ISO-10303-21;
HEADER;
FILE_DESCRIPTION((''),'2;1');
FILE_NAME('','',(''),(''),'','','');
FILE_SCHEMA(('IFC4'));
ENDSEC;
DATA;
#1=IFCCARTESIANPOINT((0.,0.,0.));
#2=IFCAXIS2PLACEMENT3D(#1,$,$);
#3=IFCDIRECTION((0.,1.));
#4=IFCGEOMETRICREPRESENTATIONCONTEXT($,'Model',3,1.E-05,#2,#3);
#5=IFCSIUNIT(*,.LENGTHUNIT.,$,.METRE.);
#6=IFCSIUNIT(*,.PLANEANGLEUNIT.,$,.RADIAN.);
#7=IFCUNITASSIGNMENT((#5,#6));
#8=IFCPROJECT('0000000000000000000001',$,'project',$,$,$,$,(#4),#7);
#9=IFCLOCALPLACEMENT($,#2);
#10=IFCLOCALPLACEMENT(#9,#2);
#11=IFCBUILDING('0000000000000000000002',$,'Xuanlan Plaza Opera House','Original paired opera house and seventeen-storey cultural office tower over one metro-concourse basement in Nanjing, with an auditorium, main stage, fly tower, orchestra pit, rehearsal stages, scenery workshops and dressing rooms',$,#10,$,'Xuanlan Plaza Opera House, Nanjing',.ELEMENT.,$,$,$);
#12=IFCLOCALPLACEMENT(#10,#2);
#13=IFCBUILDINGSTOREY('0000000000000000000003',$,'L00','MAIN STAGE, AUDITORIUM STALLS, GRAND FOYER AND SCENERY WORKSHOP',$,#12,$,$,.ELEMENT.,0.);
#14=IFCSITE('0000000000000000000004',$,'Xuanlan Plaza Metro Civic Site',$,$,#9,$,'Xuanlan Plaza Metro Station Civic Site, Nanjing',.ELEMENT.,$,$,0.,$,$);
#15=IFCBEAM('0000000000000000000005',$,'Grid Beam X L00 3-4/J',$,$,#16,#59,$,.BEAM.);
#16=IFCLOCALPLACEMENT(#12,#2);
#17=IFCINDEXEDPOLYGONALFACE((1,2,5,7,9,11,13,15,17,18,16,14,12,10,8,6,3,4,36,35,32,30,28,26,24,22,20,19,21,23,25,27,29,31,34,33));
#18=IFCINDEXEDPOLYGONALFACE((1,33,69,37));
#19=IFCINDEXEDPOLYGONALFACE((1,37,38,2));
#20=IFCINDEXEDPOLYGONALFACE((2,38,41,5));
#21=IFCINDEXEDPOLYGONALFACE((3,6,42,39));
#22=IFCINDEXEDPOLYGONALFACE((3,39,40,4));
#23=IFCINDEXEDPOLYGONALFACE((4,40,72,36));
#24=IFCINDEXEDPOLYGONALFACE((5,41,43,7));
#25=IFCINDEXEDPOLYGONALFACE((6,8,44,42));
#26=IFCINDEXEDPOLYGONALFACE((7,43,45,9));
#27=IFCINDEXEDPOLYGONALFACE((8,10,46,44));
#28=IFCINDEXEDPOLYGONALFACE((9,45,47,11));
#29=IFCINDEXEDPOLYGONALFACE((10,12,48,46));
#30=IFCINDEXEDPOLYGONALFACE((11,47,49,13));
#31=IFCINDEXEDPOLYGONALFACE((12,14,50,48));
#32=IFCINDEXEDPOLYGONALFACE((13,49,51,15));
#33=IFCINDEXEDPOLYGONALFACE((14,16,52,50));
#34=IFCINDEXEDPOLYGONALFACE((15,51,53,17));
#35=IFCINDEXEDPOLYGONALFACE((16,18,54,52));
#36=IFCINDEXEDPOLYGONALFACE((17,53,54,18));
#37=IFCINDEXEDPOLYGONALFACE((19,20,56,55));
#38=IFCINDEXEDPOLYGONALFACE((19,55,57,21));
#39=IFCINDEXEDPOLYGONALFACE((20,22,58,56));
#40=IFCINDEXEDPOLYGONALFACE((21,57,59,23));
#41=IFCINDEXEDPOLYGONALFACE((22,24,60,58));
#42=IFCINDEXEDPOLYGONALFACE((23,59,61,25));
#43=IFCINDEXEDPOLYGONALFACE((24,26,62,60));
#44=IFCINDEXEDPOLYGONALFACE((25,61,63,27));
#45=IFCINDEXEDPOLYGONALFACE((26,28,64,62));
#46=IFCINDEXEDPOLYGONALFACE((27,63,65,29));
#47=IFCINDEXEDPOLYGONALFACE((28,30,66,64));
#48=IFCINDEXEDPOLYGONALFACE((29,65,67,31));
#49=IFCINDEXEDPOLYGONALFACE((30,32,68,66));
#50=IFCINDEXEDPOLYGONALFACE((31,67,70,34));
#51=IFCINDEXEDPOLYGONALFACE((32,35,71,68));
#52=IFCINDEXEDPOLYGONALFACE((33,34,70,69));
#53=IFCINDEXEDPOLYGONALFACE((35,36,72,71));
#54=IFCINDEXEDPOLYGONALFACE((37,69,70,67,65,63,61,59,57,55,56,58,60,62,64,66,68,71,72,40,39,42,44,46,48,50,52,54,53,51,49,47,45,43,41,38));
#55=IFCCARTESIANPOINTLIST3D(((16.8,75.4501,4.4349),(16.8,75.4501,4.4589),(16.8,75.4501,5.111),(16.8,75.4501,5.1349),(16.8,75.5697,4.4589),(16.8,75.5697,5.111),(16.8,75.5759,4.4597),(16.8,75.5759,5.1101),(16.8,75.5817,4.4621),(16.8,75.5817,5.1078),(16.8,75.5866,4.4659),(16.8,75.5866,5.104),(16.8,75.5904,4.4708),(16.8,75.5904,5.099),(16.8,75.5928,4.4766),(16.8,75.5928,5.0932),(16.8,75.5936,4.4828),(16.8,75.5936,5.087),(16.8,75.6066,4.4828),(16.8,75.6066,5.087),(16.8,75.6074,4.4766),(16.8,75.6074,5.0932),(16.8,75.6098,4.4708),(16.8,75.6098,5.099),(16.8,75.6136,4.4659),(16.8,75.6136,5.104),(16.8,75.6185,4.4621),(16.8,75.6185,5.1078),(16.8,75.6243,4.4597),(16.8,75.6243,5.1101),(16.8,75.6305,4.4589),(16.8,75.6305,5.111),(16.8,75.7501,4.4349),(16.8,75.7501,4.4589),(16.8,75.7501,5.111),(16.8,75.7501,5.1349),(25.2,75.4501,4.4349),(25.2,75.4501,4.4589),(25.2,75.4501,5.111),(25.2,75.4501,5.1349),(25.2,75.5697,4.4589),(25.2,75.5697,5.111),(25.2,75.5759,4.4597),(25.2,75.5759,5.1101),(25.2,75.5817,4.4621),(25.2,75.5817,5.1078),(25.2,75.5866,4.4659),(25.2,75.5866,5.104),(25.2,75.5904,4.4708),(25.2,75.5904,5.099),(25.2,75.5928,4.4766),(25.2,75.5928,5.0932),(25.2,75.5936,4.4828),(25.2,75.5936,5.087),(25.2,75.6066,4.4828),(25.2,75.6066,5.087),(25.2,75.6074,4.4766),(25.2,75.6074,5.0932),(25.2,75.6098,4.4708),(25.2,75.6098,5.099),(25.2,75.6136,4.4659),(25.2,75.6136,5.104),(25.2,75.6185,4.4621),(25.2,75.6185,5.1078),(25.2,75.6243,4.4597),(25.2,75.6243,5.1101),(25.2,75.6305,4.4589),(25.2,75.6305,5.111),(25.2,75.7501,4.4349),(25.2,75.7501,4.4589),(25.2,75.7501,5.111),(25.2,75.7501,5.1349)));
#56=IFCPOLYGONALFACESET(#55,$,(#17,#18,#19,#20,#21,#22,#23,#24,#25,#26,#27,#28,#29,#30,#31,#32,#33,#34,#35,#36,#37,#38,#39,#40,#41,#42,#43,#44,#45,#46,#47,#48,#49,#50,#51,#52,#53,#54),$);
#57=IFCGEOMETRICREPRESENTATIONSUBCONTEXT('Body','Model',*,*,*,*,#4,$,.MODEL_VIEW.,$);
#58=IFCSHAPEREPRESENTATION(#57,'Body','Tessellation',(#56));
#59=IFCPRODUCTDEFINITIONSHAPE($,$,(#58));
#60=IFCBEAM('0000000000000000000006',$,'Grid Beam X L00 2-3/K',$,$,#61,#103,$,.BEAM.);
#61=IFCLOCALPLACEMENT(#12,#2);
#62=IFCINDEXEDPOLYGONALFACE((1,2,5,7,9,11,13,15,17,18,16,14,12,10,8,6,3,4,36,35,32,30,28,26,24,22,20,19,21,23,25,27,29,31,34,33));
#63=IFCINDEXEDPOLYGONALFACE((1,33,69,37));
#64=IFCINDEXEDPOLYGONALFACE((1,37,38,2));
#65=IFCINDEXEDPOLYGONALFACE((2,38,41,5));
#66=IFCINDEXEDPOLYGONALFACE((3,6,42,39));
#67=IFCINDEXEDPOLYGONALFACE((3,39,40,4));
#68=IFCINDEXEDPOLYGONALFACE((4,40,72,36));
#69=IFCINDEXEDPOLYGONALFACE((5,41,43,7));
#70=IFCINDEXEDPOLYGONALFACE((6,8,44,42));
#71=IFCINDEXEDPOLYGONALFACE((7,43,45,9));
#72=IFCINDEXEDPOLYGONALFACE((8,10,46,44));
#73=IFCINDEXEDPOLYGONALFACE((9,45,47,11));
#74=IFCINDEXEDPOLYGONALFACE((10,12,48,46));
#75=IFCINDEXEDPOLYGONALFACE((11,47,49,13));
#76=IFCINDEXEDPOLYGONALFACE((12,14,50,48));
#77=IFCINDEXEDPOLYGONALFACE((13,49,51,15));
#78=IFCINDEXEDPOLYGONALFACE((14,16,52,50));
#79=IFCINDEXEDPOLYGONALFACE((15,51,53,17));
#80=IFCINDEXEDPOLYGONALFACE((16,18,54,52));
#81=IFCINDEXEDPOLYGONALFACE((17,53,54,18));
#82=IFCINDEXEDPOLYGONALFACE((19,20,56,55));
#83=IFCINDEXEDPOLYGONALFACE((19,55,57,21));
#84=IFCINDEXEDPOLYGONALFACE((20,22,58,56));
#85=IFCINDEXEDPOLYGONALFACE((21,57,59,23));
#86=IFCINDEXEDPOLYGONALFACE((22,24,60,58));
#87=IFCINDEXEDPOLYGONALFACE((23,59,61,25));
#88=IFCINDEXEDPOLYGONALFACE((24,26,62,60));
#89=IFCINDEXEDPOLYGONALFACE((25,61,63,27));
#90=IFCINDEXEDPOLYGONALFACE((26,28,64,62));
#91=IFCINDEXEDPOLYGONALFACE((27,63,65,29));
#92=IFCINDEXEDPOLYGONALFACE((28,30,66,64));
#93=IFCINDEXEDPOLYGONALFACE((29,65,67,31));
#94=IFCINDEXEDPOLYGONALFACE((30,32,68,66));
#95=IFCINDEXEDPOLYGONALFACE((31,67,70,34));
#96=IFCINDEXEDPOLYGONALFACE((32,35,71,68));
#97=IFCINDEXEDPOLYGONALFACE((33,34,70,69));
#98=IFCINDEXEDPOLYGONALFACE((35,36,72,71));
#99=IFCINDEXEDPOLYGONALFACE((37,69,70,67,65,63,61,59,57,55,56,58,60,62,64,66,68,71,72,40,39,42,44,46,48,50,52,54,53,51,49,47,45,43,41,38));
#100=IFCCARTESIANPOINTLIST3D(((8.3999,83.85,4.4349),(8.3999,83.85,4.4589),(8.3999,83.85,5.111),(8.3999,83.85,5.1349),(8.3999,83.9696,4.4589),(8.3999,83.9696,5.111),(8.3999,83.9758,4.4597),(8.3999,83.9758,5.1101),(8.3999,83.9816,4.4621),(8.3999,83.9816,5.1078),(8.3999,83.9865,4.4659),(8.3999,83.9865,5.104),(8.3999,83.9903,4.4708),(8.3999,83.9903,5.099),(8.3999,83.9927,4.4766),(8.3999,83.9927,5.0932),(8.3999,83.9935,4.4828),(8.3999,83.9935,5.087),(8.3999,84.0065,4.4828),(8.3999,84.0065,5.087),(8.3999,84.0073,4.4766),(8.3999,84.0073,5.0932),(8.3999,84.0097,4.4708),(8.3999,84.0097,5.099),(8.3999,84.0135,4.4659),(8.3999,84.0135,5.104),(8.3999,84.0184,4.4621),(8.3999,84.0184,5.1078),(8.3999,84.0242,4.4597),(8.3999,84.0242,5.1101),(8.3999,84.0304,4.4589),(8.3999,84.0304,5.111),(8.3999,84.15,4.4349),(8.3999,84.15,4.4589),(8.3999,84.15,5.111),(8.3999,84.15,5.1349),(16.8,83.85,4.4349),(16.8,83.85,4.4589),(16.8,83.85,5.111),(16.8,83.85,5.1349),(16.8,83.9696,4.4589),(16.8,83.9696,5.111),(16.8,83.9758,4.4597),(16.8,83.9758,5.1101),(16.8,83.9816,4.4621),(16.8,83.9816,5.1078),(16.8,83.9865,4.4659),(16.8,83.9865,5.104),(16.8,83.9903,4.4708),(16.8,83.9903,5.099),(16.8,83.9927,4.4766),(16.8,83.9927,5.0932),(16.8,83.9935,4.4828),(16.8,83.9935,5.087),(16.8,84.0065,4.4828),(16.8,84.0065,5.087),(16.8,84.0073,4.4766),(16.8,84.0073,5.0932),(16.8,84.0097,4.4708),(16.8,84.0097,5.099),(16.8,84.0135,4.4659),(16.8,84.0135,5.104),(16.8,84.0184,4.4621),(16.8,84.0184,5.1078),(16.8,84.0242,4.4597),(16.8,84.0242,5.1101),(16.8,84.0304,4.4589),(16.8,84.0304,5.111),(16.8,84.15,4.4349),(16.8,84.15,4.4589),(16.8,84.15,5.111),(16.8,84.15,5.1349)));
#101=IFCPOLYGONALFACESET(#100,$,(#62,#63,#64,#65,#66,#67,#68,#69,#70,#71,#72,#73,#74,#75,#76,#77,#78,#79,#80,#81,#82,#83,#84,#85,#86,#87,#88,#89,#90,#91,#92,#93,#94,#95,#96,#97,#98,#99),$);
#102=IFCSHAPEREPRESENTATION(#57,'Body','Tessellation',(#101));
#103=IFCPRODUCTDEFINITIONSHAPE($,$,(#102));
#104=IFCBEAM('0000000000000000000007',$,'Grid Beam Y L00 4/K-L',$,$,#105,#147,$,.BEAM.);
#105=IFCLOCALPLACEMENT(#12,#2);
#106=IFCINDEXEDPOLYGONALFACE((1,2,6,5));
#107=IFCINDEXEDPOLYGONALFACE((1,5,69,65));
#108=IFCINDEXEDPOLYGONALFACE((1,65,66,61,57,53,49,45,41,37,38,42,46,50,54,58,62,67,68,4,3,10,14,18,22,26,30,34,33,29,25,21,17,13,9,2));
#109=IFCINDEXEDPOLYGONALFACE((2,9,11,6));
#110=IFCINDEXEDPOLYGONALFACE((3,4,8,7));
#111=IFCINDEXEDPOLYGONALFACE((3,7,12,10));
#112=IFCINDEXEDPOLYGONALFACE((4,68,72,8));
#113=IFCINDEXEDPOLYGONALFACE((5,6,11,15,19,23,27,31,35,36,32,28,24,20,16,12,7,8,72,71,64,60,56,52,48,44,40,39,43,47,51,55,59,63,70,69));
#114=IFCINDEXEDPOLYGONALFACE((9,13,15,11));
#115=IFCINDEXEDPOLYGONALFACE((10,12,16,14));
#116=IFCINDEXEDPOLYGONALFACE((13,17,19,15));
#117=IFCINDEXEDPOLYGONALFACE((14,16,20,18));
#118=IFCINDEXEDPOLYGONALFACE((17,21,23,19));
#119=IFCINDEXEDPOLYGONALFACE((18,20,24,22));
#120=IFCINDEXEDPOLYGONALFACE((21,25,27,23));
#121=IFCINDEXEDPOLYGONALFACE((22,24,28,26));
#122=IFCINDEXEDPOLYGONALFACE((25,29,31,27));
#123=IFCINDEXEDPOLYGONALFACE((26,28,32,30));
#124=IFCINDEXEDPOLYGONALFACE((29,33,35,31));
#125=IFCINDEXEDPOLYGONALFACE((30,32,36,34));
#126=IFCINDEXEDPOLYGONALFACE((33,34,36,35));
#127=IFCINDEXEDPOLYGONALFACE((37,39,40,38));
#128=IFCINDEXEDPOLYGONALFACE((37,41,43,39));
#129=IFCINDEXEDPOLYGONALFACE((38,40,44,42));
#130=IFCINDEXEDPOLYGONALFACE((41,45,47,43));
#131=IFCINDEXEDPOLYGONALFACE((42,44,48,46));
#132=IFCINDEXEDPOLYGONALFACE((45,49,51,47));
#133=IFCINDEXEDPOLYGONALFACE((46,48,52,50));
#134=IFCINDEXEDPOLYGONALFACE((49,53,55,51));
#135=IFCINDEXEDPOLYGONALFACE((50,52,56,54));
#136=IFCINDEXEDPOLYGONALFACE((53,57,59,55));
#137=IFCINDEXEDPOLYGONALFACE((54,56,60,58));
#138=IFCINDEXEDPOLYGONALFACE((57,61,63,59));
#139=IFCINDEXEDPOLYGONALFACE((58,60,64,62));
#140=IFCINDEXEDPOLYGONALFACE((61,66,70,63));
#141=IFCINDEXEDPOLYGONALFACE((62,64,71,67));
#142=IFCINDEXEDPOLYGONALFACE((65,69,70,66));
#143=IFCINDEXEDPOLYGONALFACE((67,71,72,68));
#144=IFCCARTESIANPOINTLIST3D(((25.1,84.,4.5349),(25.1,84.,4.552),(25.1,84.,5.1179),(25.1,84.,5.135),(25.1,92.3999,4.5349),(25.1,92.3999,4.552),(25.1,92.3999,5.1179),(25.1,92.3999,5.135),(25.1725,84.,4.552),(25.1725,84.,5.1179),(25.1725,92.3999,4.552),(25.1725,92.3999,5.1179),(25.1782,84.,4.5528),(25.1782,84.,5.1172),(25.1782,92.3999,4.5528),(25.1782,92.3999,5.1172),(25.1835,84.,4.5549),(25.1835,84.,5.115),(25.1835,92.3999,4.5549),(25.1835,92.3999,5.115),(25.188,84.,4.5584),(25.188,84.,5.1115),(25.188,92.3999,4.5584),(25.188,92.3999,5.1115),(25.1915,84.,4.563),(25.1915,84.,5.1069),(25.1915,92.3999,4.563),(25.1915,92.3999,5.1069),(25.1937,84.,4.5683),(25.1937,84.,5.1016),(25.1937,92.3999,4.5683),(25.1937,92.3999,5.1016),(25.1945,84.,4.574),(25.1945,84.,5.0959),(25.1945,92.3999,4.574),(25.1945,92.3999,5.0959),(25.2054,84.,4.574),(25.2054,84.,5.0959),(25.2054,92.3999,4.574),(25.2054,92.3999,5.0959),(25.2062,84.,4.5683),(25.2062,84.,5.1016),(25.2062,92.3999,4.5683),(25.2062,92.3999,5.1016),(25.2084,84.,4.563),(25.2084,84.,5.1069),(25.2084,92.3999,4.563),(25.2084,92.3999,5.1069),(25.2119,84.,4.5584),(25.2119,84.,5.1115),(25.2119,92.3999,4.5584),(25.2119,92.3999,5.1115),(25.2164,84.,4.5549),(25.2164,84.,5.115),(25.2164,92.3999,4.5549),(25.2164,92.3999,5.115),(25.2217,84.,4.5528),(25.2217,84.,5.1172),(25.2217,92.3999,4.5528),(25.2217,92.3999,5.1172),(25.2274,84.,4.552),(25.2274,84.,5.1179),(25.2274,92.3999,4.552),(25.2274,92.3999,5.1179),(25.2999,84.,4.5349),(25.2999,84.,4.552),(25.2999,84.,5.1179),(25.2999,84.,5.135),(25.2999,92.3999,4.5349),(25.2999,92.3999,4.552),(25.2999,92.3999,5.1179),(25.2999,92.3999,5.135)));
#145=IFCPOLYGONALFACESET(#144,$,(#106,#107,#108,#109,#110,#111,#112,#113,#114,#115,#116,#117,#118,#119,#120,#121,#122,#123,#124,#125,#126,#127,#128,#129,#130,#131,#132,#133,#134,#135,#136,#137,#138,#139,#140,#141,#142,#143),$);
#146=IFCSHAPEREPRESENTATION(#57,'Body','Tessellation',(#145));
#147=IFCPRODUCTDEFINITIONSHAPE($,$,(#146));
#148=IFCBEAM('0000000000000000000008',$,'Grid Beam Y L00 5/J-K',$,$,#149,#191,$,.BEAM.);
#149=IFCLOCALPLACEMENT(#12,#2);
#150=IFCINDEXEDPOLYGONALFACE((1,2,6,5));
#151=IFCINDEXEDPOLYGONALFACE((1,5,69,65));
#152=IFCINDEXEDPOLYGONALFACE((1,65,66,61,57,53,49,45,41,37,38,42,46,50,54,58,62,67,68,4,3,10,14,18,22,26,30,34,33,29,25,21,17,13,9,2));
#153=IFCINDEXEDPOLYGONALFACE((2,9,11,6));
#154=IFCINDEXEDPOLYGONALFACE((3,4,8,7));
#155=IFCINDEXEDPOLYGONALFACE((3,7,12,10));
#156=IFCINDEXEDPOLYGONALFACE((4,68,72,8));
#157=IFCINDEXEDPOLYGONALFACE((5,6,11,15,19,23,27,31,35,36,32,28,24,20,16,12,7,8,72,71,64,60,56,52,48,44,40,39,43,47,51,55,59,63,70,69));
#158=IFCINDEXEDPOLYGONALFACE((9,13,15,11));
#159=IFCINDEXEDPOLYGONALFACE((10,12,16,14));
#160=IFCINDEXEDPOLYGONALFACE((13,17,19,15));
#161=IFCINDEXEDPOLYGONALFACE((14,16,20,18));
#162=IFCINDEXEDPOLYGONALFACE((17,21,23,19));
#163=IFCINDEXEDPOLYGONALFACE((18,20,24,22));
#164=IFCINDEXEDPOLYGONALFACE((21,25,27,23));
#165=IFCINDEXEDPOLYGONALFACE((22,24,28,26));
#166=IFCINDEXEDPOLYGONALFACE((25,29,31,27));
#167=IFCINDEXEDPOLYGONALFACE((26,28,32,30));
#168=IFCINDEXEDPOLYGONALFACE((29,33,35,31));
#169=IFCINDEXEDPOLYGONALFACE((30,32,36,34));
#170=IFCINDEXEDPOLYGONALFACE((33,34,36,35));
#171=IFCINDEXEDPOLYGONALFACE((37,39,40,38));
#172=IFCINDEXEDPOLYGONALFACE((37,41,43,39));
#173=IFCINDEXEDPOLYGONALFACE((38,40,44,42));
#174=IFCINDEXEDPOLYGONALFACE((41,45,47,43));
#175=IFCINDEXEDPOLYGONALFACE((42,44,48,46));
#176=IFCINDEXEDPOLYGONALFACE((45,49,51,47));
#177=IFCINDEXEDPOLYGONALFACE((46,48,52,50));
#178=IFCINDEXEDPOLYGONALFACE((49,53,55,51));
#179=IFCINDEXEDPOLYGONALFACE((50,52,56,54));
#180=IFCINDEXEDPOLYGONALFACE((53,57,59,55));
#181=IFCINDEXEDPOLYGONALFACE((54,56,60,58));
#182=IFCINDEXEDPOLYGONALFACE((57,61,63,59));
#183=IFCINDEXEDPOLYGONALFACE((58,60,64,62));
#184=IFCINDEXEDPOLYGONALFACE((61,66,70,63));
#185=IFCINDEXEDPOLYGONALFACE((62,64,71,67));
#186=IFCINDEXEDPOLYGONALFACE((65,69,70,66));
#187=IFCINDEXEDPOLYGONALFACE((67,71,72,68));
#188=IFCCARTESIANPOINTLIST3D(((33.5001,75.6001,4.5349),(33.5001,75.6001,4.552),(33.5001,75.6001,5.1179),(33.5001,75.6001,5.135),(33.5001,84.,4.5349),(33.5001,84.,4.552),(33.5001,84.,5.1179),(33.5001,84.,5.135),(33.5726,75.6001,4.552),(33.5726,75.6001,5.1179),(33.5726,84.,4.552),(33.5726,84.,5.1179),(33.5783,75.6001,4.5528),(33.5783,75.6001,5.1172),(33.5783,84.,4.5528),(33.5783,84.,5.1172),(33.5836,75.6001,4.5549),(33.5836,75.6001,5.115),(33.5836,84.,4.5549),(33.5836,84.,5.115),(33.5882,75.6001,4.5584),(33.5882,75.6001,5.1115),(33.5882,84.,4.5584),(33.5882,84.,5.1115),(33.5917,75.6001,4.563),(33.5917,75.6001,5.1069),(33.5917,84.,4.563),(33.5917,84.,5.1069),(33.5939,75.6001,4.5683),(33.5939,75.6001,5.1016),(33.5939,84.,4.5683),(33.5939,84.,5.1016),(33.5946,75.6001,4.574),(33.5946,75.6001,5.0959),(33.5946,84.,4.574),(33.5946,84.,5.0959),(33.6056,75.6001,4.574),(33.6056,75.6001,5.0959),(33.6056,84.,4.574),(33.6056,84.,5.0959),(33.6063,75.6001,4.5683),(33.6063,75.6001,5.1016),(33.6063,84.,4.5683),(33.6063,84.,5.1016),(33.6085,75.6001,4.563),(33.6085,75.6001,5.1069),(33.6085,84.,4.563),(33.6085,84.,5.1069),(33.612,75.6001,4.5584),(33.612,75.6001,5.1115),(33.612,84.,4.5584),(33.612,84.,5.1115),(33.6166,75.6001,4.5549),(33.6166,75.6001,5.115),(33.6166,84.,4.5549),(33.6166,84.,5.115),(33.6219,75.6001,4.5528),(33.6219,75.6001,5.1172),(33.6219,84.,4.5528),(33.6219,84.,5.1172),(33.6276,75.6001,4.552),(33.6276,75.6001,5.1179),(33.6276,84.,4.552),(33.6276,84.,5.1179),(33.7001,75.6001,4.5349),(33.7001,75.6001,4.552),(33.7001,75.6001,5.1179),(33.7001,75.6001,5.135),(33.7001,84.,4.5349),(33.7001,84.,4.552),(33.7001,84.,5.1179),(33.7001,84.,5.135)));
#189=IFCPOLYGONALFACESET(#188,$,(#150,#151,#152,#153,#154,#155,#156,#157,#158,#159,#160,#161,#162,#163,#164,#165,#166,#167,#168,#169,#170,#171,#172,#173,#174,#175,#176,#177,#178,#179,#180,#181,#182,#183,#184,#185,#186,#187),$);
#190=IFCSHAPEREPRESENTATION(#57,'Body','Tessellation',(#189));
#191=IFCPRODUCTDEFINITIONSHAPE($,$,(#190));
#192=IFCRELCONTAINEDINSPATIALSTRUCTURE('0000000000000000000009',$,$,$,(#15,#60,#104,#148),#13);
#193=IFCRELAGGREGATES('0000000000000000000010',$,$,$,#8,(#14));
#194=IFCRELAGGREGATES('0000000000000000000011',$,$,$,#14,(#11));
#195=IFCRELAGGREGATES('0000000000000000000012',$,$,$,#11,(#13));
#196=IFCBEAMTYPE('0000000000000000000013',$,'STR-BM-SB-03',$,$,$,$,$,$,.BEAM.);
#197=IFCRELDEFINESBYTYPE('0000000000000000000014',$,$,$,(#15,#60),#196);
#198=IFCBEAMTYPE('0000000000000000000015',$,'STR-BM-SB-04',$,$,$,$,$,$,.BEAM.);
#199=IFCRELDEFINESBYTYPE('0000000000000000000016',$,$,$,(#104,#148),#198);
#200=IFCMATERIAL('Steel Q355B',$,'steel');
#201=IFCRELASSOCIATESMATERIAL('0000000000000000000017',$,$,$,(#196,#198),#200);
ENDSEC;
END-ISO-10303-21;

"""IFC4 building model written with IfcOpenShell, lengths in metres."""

from ifc_helpers import new_model, si_unit, direction, frame, origin, origin_2d, place, context, subcontext, project, spatial, i_section, extrude, material, material_profile, profile_set, type_object, element, save


model = new_model("IFC4")

# Units and contexts
model_context = context("Model", 3, precision=1e-05, world=origin(), true_north=direction((0.0, 1.0)))
body_context = subcontext(model_context, "Body", "Model", "MODEL_VIEW")
ifc_project = project(units=[si_unit("LENGTHUNIT", "METRE"), si_unit("PLANEANGLEUNIT", "RADIAN")], contexts=[model_context])

# Site, building, storey
site_placement = place(None, origin())
site = spatial("IfcSite", under=ifc_project, at=site_placement, Name="Xuanlan Plaza Metro Civic Site", LongName="Xuanlan Plaza Metro Station Civic Site, Nanjing", CompositionType="ELEMENT", RefElevation=0.0)
building_placement = place(site_placement, origin())
building = spatial("IfcBuilding", under=site, at=building_placement, Name="Xuanlan Plaza Opera House", Description="Original paired opera house and seventeen-storey cultural office tower over one metro-concourse basement in Nanjing, with an auditorium, main stage, fly tower, orchestra pit, rehearsal stages, scenery workshops and dressing rooms", LongName="Xuanlan Plaza Opera House, Nanjing", CompositionType="ELEMENT")
storey_placement = place(building_placement, origin())
storey = spatial("IfcBuildingStorey", under=building, at=storey_placement, Name="L00", Description="MAIN STAGE, AUDITORIUM STALLS, GRAND FOYER AND SCENERY WORKSHOP", CompositionType="ELEMENT", Elevation=0.0)

# Beams
ifc_material_1 = material(Name="Steel Q355B", Category="steel")
ifc_material_profile_1 = material_profile(ifc_material_1, i_section(OverallWidth=0.3, OverallDepth=0.7, WebThickness=0.0129, FlangeThickness=0.0239, FilletRadius=0.0239, at=origin_2d()), Name="HN 700x300x13x24")
ifc_profile_set_1 = profile_set([ifc_material_profile_1], Name="Steel Q355B")
beam_type_1 = type_object("IfcBeamType", Name="STR-BM-SB-03", PredefinedType="BEAM", material=ifc_profile_set_1)
beam_1_placement = place(storey_placement, frame((16.8, 75.6001, 4.7849), z_axis=(1.0, 0.0, 0.0), x_axis=(0.0, 1.0, 0.0)))
element("IfcBeam", 1, at=beam_1_placement, inside=storey, type_object=beam_type_1, Name="Grid Beam X L00 3-4/J", PredefinedType="BEAM", context=body_context, shape_type="SweptSolid", body=[
    extrude(i_section(OverallWidth=0.3, OverallDepth=0.7, WebThickness=0.0129, FlangeThickness=0.0239, FilletRadius=0.0239, at=origin_2d()), origin(), (0.0, 0.0, 1.0), 8.3999),
])
beam_2_placement = place(storey_placement, frame((8.3999, 84.0, 4.7849), z_axis=(1.0, 0.0, 0.0), x_axis=(0.0, 1.0, 0.0)))
element("IfcBeam", 2, at=beam_2_placement, inside=storey, type_object=beam_type_1, Name="Grid Beam X L00 2-3/K", PredefinedType="BEAM", context=body_context, shape_type="SweptSolid", body=[
    extrude(i_section(OverallWidth=0.3, OverallDepth=0.7, WebThickness=0.0129, FlangeThickness=0.0239, FilletRadius=0.0239, at=origin_2d()), origin(), (0.0, 0.0, 1.0), 8.4001),
])
ifc_material_profile_2 = material_profile(ifc_material_1, i_section(OverallWidth=0.2, OverallDepth=0.6001, WebThickness=0.011, FlangeThickness=0.0171, FilletRadius=0.022, at=origin_2d()), Name="HN 600x200x11x17")
ifc_profile_set_2 = profile_set([ifc_material_profile_2], Name="Steel Q355B")
beam_type_2 = type_object("IfcBeamType", Name="STR-BM-SB-04", PredefinedType="BEAM", material=ifc_profile_set_2)
for number, where, z_axis, x_axis, name in (
    (3, (25.2, 84.0, 4.835), (0.0, 1.0, 0.0), (-1.0, 0.0, 0.0), "Grid Beam Y L00 4/K-L"),
    (4, (33.6001, 75.6001, 4.835), (0.0, 1.0, 0.0), (-1.0, 0.0, 0.0), "Grid Beam Y L00 5/J-K"),
):
    element("IfcBeam", number, at=place(storey_placement, frame(where, z_axis=z_axis, x_axis=x_axis)), inside=storey, type_object=beam_type_2, Name=name, PredefinedType="BEAM", context=body_context, shape_type="SweptSolid", body=[
        extrude(i_section(OverallWidth=0.2, OverallDepth=0.6001, WebThickness=0.011, FlangeThickness=0.0171, FilletRadius=0.022, at=origin_2d()), origin(), (0.0, 0.0, 1.0), 8.3999),
    ])

save(model, "model.ifc")
